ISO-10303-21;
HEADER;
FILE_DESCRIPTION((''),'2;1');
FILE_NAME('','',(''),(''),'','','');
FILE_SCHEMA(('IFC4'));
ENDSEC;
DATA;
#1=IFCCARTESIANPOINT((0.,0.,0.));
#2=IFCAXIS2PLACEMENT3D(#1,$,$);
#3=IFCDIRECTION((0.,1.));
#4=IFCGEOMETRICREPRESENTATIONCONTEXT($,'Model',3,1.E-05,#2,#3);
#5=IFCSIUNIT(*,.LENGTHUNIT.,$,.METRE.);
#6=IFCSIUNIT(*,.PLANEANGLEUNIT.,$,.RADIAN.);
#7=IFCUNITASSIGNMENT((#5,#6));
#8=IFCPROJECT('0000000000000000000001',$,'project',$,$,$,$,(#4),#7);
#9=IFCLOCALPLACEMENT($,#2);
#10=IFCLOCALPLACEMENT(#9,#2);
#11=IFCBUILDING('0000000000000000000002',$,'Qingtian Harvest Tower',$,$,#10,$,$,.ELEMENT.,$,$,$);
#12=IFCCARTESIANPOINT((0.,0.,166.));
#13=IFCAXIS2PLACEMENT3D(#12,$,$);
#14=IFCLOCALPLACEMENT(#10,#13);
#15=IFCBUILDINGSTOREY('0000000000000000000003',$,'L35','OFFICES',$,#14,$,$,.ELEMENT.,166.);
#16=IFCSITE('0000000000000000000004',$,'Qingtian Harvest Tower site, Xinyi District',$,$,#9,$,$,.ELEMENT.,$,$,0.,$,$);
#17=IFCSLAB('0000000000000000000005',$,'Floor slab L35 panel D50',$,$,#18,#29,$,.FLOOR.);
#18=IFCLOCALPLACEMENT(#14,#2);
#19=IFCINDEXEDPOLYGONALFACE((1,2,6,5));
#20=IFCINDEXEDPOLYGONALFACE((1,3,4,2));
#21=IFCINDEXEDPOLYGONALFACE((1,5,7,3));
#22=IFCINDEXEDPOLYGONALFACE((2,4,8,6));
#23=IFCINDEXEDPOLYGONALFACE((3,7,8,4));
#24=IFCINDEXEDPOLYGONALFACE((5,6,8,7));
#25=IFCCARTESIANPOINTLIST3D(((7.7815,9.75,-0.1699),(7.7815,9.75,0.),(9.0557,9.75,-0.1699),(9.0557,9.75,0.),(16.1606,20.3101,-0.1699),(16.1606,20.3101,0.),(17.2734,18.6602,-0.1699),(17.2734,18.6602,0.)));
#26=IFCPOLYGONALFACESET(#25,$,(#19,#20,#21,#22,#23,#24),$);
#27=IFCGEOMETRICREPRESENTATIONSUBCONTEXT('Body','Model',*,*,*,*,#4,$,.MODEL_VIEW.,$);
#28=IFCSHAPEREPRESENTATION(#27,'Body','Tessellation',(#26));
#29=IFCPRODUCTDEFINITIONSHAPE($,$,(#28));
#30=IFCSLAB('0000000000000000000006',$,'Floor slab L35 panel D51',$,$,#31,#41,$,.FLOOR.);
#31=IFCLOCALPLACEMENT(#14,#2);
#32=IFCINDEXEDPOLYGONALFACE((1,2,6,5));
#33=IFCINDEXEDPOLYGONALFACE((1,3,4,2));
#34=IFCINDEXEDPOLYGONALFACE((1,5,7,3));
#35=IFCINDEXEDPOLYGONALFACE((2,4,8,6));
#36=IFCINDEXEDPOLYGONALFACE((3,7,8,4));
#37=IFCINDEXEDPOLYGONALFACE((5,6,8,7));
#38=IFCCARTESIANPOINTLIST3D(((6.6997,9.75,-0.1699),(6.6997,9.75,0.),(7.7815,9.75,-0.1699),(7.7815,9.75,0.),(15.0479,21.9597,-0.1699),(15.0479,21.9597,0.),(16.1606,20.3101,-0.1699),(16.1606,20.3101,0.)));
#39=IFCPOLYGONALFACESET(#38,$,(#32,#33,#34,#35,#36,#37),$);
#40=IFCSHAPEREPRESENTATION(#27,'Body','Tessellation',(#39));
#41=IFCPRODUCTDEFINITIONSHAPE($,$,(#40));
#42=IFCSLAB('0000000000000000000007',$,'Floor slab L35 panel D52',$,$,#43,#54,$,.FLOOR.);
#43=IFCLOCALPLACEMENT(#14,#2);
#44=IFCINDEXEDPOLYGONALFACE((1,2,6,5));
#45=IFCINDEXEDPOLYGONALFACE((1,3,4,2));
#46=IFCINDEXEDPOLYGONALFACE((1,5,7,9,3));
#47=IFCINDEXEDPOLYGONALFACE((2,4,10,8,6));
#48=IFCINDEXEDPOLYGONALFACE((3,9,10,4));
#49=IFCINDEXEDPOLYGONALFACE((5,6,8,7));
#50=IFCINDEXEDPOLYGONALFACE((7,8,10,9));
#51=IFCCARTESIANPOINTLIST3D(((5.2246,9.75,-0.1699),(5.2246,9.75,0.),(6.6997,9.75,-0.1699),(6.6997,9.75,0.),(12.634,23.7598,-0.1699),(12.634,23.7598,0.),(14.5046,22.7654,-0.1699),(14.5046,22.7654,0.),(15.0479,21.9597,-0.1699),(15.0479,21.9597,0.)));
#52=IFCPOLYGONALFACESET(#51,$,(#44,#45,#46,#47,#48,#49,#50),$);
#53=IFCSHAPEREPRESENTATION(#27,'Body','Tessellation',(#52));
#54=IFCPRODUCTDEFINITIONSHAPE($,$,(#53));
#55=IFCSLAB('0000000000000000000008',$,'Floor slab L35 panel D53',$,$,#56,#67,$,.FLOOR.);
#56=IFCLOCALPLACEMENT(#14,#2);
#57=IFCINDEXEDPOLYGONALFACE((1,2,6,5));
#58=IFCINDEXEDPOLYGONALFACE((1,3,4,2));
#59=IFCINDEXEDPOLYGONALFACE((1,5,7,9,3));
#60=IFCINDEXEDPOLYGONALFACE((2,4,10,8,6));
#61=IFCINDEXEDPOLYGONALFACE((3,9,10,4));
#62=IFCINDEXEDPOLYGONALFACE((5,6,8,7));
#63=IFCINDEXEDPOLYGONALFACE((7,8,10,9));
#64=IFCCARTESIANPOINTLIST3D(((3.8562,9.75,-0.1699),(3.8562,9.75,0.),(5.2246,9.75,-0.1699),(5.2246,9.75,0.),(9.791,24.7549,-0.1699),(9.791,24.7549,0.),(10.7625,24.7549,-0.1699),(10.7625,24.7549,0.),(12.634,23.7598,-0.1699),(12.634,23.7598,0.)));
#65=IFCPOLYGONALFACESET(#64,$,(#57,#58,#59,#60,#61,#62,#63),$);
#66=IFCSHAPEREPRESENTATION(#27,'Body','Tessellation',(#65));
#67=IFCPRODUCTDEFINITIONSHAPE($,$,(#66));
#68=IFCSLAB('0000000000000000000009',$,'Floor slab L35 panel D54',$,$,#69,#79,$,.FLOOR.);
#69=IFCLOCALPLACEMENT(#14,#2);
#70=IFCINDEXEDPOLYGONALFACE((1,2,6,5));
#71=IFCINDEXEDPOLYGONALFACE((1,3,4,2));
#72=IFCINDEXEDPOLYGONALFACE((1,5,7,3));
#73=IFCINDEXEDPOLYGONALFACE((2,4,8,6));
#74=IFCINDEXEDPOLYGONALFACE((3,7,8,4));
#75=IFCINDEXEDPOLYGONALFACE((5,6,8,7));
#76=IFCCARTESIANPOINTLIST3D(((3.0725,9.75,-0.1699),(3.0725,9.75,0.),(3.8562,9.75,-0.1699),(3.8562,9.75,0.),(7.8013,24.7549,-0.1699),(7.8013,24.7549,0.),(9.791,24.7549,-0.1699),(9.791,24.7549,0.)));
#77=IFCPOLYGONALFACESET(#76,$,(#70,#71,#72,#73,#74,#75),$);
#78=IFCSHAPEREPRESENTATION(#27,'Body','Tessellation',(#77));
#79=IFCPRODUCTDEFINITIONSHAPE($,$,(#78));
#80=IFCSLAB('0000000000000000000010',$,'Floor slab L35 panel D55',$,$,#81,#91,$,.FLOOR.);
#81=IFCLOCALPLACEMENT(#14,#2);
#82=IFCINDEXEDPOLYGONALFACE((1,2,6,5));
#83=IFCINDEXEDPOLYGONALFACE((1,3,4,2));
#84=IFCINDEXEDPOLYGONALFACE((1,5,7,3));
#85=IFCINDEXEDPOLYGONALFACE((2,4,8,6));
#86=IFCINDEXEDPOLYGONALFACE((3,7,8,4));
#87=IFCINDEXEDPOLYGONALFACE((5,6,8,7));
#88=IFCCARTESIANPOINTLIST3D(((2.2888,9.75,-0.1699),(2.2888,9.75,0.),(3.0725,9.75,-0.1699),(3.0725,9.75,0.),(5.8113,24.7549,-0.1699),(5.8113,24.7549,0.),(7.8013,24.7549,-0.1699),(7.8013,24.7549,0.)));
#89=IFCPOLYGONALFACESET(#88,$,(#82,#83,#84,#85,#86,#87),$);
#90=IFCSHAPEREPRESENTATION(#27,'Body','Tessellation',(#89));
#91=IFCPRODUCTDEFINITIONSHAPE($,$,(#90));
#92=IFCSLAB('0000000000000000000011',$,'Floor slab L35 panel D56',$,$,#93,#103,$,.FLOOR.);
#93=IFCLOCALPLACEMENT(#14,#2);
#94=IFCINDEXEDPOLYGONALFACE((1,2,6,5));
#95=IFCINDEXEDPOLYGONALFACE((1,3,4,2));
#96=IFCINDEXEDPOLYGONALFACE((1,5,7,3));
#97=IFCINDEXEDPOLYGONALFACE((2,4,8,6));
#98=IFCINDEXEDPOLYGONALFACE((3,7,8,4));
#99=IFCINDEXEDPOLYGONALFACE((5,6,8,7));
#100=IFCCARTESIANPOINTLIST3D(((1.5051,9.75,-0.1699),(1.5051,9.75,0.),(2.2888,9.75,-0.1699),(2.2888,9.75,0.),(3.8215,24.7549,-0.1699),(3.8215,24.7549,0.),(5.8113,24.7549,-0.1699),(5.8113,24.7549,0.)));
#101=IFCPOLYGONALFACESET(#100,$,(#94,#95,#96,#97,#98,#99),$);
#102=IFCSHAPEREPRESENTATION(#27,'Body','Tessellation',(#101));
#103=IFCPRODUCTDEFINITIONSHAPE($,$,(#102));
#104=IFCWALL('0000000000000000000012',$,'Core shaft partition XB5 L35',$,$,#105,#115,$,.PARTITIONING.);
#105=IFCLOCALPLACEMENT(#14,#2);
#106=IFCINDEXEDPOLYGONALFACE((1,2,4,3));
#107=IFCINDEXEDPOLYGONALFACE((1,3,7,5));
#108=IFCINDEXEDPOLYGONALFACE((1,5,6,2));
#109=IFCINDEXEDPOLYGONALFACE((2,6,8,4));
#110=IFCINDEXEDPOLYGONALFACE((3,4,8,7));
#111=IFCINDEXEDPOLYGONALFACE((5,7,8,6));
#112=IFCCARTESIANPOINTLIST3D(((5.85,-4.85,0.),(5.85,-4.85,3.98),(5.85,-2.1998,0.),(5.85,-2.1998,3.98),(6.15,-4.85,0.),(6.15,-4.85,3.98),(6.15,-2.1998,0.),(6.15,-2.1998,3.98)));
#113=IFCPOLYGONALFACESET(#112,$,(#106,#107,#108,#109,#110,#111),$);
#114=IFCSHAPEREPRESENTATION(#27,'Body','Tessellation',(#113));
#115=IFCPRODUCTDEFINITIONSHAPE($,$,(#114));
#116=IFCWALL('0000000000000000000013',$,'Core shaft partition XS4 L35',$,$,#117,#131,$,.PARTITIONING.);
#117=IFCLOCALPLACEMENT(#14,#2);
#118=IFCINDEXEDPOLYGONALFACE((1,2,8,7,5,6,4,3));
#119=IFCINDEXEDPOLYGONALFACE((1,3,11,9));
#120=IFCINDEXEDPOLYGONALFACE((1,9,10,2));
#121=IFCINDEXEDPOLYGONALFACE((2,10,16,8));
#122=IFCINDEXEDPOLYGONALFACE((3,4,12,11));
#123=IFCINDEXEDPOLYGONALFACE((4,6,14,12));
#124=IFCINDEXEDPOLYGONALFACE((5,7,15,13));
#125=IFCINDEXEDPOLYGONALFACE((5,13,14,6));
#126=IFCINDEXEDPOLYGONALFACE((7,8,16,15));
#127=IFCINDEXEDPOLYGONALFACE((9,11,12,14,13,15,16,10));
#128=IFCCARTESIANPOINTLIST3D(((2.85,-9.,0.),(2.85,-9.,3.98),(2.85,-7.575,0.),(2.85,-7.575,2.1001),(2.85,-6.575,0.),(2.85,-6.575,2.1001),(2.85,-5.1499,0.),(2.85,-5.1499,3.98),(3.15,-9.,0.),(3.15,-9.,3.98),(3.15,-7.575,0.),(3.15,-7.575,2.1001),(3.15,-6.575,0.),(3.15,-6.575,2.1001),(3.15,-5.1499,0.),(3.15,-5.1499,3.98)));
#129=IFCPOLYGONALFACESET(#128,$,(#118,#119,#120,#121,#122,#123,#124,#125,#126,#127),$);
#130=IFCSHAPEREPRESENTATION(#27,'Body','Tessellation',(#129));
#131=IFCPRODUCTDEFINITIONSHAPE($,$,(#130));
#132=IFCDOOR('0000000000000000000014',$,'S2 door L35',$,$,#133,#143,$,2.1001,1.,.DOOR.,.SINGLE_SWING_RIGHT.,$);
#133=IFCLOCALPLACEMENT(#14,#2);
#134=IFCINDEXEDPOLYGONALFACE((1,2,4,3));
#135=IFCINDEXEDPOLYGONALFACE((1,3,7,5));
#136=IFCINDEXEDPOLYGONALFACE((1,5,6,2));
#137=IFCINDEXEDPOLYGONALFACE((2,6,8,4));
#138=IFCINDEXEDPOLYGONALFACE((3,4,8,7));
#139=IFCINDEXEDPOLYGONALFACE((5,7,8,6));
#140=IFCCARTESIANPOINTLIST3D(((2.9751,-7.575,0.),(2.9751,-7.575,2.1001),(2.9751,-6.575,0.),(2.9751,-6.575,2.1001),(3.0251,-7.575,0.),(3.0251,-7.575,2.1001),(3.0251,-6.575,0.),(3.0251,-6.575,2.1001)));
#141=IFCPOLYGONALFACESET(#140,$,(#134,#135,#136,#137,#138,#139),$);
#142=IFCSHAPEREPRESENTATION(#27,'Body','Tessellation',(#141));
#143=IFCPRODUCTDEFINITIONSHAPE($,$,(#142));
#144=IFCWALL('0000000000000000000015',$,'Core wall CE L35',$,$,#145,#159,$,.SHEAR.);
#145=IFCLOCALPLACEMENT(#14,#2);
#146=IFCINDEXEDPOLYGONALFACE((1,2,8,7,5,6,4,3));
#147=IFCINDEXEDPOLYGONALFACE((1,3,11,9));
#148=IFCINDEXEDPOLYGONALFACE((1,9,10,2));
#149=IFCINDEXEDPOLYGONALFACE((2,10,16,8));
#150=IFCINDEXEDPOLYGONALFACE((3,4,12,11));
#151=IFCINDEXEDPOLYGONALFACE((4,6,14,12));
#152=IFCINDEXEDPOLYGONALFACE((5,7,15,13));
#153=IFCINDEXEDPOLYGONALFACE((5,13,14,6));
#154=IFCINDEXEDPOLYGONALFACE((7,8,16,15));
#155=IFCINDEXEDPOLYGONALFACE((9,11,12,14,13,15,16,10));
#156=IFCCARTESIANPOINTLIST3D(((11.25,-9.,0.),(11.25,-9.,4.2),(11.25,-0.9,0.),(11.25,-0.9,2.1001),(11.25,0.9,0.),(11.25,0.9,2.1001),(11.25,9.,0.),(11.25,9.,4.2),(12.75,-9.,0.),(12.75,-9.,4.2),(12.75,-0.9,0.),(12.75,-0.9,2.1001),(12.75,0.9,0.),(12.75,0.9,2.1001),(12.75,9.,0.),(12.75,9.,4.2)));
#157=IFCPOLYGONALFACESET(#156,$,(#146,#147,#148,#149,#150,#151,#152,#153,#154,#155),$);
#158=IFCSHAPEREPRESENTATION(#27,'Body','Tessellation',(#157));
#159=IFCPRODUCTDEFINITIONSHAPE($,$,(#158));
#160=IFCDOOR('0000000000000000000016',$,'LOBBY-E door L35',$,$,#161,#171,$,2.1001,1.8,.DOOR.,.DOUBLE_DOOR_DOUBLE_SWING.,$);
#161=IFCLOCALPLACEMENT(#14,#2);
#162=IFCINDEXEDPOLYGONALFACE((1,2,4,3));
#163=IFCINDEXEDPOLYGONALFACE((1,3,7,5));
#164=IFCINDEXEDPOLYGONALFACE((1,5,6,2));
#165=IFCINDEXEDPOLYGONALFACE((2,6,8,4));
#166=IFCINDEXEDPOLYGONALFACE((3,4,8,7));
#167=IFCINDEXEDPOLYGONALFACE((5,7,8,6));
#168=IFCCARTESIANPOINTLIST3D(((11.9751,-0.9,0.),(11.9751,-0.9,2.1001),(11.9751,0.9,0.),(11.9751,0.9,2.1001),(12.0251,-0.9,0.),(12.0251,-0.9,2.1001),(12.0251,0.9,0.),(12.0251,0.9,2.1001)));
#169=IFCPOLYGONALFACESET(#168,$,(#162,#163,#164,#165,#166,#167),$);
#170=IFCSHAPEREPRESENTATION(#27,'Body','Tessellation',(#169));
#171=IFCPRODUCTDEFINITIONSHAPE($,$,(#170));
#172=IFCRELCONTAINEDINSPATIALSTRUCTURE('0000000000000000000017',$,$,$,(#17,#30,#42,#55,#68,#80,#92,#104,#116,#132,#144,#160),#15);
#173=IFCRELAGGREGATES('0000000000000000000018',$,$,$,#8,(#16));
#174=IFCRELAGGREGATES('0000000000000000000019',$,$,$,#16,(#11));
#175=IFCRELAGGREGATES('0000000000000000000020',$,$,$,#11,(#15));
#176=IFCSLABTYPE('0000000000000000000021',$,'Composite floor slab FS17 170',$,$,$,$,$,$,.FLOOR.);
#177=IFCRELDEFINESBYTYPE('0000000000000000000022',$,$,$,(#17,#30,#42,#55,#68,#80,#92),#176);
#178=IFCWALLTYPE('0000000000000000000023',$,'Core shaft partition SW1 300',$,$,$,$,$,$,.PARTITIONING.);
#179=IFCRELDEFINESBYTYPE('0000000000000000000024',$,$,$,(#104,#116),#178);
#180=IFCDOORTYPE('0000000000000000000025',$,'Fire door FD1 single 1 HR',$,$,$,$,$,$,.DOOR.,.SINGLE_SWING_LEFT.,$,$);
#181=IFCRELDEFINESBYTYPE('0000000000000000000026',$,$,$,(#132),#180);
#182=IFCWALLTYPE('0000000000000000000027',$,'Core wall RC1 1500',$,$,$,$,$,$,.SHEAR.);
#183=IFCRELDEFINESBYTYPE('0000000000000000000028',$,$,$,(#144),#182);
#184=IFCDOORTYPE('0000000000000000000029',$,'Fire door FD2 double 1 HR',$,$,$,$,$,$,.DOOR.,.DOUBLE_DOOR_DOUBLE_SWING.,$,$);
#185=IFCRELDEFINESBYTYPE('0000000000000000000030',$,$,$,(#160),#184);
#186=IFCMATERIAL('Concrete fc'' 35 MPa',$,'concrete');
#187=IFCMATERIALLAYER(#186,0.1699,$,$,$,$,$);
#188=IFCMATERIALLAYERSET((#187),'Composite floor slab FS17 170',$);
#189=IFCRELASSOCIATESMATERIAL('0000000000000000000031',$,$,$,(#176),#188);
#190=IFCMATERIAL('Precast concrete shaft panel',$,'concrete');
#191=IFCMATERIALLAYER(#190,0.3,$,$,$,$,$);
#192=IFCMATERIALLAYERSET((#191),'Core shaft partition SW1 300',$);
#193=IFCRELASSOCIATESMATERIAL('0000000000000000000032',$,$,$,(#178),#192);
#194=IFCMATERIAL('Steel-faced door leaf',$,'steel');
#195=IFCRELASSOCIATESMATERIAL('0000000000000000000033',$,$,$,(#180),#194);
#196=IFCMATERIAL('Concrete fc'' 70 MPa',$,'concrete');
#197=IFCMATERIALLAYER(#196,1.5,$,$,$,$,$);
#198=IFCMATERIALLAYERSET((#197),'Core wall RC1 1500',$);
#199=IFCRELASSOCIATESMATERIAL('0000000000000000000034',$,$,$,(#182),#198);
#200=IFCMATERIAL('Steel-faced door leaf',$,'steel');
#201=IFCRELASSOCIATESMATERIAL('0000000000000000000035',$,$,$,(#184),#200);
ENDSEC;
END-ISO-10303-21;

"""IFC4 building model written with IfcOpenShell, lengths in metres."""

from ifc_helpers import new_model, si_unit, direction, frame, frame_2d, origin, place, context, subcontext, project, spatial, polyline, rectangle, outline, extrude, material, layer, layer_set, type_object, element, fill, save


model = new_model("IFC4")

# Units and contexts
model_context = context("Model", 3, precision=1e-05, world=origin(), true_north=direction((0.0, 1.0)))
body_context = subcontext(model_context, "Body", "Model", "MODEL_VIEW")
ifc_project = project(units=[si_unit("LENGTHUNIT", "METRE"), si_unit("PLANEANGLEUNIT", "RADIAN")], contexts=[model_context])

# Site, building, storey
site_placement = place(None, origin())
site = spatial("IfcSite", under=ifc_project, at=site_placement, Name="Qingtian Harvest Tower site, Xinyi District", CompositionType="ELEMENT", RefElevation=0.0)
building_placement = place(site_placement, origin())
building = spatial("IfcBuilding", under=site, at=building_placement, Name="Qingtian Harvest Tower", CompositionType="ELEMENT")
storey_placement = place(building_placement, frame((0.0, 0.0, 166.0)))
storey = spatial("IfcBuildingStorey", under=building, at=storey_placement, Name="L35", Description="OFFICES", CompositionType="ELEMENT", Elevation=166.0)

# Slabs
ifc_material_1 = material(Name="Concrete fc' 35 MPa", Category="concrete")
ifc_layer_1 = layer(ifc_material_1, 0.1699)
ifc_layer_set_1 = layer_set([ifc_layer_1], Name="Composite floor slab FS17 170")
slab_type = type_object("IfcSlabType", Name="Composite floor slab FS17 170", PredefinedType="FLOOR", material=ifc_layer_set_1)
slab_1_placement = place(storey_placement, frame((0.0, 0.0, -0.1699)))
element("IfcSlab", 1, at=slab_1_placement, inside=storey, type_object=slab_type, Name="Floor slab L35 panel D50", PredefinedType="FLOOR", context=body_context, shape_type="SweptSolid", body=[
    extrude(outline(polyline([(7.7815, 9.75), (16.1606, 20.3101), (17.2734, 18.6602), (9.0557, 9.75), (7.7815, 9.75)])), origin(), (0.0, 0.0, 1.0), 0.1699),
])
slab_2_placement = place(storey_placement, frame((0.0, 0.0, -0.1699)))
element("IfcSlab", 2, at=slab_2_placement, inside=storey, type_object=slab_type, Name="Floor slab L35 panel D51", PredefinedType="FLOOR", context=body_context, shape_type="SweptSolid", body=[
    extrude(outline(polyline([(6.6997, 9.75), (15.0479, 21.9597), (16.1606, 20.3101), (7.7815, 9.75), (6.6997, 9.75)])), origin(), (0.0, 0.0, 1.0), 0.1699),
])
slab_3_placement = place(storey_placement, frame((0.0, 0.0, -0.1699)))
element("IfcSlab", 3, at=slab_3_placement, inside=storey, type_object=slab_type, Name="Floor slab L35 panel D52", PredefinedType="FLOOR", context=body_context, shape_type="SweptSolid", body=[
    extrude(outline(polyline([(6.6997, 9.75), (5.2246, 9.75), (12.634, 23.7598), (14.5046, 22.7654), (15.0479, 21.9597), (6.6997, 9.75)])), origin(), (0.0, 0.0, 1.0), 0.1699),
])
slab_4_placement = place(storey_placement, frame((0.0, 0.0, -0.1699)))
element("IfcSlab", 4, at=slab_4_placement, inside=storey, type_object=slab_type, Name="Floor slab L35 panel D53", PredefinedType="FLOOR", context=body_context, shape_type="SweptSolid", body=[
    extrude(outline(polyline([(3.8562, 9.75), (9.791, 24.7549), (10.7625, 24.7549), (12.634, 23.7598), (5.2246, 9.75), (3.8562, 9.75)])), origin(), (0.0, 0.0, 1.0), 0.1699),
])
slab_5_placement = place(storey_placement, frame((0.0, 0.0, -0.1699)))
element("IfcSlab", 5, at=slab_5_placement, inside=storey, type_object=slab_type, Name="Floor slab L35 panel D54", PredefinedType="FLOOR", context=body_context, shape_type="SweptSolid", body=[
    extrude(outline(polyline([(3.0725, 9.75), (7.8013, 24.7549), (9.791, 24.7549), (3.8562, 9.75), (3.0725, 9.75)])), origin(), (0.0, 0.0, 1.0), 0.1699),
])
slab_6_placement = place(storey_placement, frame((0.0, 0.0, -0.1699)))
element("IfcSlab", 6, at=slab_6_placement, inside=storey, type_object=slab_type, Name="Floor slab L35 panel D55", PredefinedType="FLOOR", context=body_context, shape_type="SweptSolid", body=[
    extrude(outline(polyline([(2.2888, 9.75), (5.8113, 24.7549), (7.8013, 24.7549), (3.0725, 9.75), (2.2888, 9.75)])), origin(), (0.0, 0.0, 1.0), 0.1699),
])
slab_7_placement = place(storey_placement, frame((0.0, 0.0, -0.1699)))
element("IfcSlab", 7, at=slab_7_placement, inside=storey, type_object=slab_type, Name="Floor slab L35 panel D56", PredefinedType="FLOOR", context=body_context, shape_type="SweptSolid", body=[
    extrude(outline(polyline([(1.5051, 9.75), (3.8215, 24.7549), (5.8113, 24.7549), (2.2888, 9.75), (1.5051, 9.75)])), origin(), (0.0, 0.0, 1.0), 0.1699),
])

# Wall
ifc_material_2 = material(Name="Precast concrete shaft panel", Category="concrete")
ifc_layer_2 = layer(ifc_material_2, 0.3)
ifc_layer_set_2 = layer_set([ifc_layer_2], Name="Core shaft partition SW1 300")
wall_type_1 = type_object("IfcWallType", Name="Core shaft partition SW1 300", PredefinedType="PARTITIONING", material=ifc_layer_set_2)
wall_1_placement = place(storey_placement, frame((6.0, -4.8501, 0.0), z_axis=(0.0, 0.0, 1.0), x_axis=(0.0, 1.0, 0.0)))
element("IfcWall", 8, at=wall_1_placement, inside=storey, type_object=wall_type_1, Name="Core shaft partition XB5 L35", PredefinedType="PARTITIONING", context=body_context, shape_type="SweptSolid", body=[
    extrude(rectangle(XDim=2.6501, YDim=0.3, at=frame_2d((1.3252, 0.0))), origin(), (0.0, 0.0, 1.0), 3.98),
])

# Walls, openings, doors
wall_2_placement = place(storey_placement, frame((3.0, -9.0, 0.0), z_axis=(0.0, 0.0, 1.0), x_axis=(0.0, 1.0, 0.0)))
wall_2 = element("IfcWall", 9, at=wall_2_placement, inside=storey, type_object=wall_type_1, Name="Core shaft partition XS4 L35", PredefinedType="PARTITIONING", context=body_context, shape_type="SweptSolid", body=[
    extrude(rectangle(XDim=3.8501, YDim=0.3, at=frame_2d((1.925, 0.0))), origin(), (0.0, 0.0, 1.0), 3.98),
])
opening_1_placement = place(wall_2_placement, frame((1.425, 0.0, 0.0)))
opening_1 = element("IfcOpeningElement", 10, at=opening_1_placement, cuts=wall_2, PredefinedType="OPENING", context=body_context, shape_type="SweptSolid", body=[
    extrude(rectangle(XDim=1.0, YDim=2.1001, at=frame_2d((0.5, 1.05))), frame((0.0, 0.1599, 0.0), z_axis=(0.0, -1.0, 0.0), x_axis=(1.0, 0.0, 0.0)), (0.0, 0.0, 1.0), 0.3201),
])
ifc_material_3 = material(Name="Steel-faced door leaf", Category="steel")
door_type_1 = type_object("IfcDoorType", Name="Fire door FD1 single 1 HR", OperationType="SINGLE_SWING_LEFT", PredefinedType="DOOR", material=ifc_material_3)
door_1_placement = place(opening_1_placement, origin())
door_1 = element("IfcDoor", 11, at=door_1_placement, inside=storey, type_object=door_type_1, Name="S2 door L35", OperationType="SINGLE_SWING_RIGHT", OverallHeight=2.1001, OverallWidth=1.0, PredefinedType="DOOR", context=body_context, shape_type="SweptSolid", body=[
    extrude(rectangle(XDim=1.0, YDim=2.1001, at=frame_2d((0.5, 1.05))), frame((0.0, 0.0249, 0.0), z_axis=(0.0, -1.0, 0.0), x_axis=(1.0, 0.0, 0.0)), (0.0, 0.0, 1.0), 0.05),
])
fill(opening_1, door_1)
ifc_material_4 = material(Name="Concrete fc' 70 MPa", Category="concrete")
ifc_layer_3 = layer(ifc_material_4, 1.5)
ifc_layer_set_3 = layer_set([ifc_layer_3], Name="Core wall RC1 1500")
wall_type_2 = type_object("IfcWallType", Name="Core wall RC1 1500", PredefinedType="SHEAR", material=ifc_layer_set_3)
wall_3_placement = place(storey_placement, frame((12.0, -9.0, 0.0), z_axis=(0.0, 0.0, 1.0), x_axis=(0.0, 1.0, 0.0)))
wall_3 = element("IfcWall", 12, at=wall_3_placement, inside=storey, type_object=wall_type_2, Name="Core wall CE L35", PredefinedType="SHEAR", context=body_context, shape_type="SweptSolid", body=[
    extrude(rectangle(XDim=18.0, YDim=1.5, at=frame_2d((9.0, 0.0))), origin(), (0.0, 0.0, 1.0), 4.2),
])
opening_2_placement = place(wall_3_placement, frame((8.1001, 0.0, 0.0)))
opening_2 = element("IfcOpeningElement", 13, at=opening_2_placement, cuts=wall_3, PredefinedType="OPENING", context=body_context, shape_type="SweptSolid", body=[
    extrude(rectangle(XDim=1.8, YDim=2.1001, at=frame_2d((0.8999, 1.05))), frame((0.0, 0.76, 0.0), z_axis=(0.0, -1.0, 0.0), x_axis=(1.0, 0.0, 0.0)), (0.0, 0.0, 1.0), 1.52),
])
ifc_material_5 = material(Name="Steel-faced door leaf", Category="steel")
door_type_2 = type_object("IfcDoorType", Name="Fire door FD2 double 1 HR", OperationType="DOUBLE_DOOR_DOUBLE_SWING", PredefinedType="DOOR", material=ifc_material_5)
door_2_placement = place(opening_2_placement, origin())
door_2 = element("IfcDoor", 14, at=door_2_placement, inside=storey, type_object=door_type_2, Name="LOBBY-E door L35", OperationType="DOUBLE_DOOR_DOUBLE_SWING", OverallHeight=2.1001, OverallWidth=1.8, PredefinedType="DOOR", context=body_context, shape_type="SweptSolid", body=[
    extrude(rectangle(XDim=1.8, YDim=2.1001, at=frame_2d((0.8999, 1.05))), frame((0.0, 0.0249, 0.0), z_axis=(0.0, -1.0, 0.0), x_axis=(1.0, 0.0, 0.0)), (0.0, 0.0, 1.0), 0.05),
])
fill(opening_2, door_2)

save(model, "model.ifc")
